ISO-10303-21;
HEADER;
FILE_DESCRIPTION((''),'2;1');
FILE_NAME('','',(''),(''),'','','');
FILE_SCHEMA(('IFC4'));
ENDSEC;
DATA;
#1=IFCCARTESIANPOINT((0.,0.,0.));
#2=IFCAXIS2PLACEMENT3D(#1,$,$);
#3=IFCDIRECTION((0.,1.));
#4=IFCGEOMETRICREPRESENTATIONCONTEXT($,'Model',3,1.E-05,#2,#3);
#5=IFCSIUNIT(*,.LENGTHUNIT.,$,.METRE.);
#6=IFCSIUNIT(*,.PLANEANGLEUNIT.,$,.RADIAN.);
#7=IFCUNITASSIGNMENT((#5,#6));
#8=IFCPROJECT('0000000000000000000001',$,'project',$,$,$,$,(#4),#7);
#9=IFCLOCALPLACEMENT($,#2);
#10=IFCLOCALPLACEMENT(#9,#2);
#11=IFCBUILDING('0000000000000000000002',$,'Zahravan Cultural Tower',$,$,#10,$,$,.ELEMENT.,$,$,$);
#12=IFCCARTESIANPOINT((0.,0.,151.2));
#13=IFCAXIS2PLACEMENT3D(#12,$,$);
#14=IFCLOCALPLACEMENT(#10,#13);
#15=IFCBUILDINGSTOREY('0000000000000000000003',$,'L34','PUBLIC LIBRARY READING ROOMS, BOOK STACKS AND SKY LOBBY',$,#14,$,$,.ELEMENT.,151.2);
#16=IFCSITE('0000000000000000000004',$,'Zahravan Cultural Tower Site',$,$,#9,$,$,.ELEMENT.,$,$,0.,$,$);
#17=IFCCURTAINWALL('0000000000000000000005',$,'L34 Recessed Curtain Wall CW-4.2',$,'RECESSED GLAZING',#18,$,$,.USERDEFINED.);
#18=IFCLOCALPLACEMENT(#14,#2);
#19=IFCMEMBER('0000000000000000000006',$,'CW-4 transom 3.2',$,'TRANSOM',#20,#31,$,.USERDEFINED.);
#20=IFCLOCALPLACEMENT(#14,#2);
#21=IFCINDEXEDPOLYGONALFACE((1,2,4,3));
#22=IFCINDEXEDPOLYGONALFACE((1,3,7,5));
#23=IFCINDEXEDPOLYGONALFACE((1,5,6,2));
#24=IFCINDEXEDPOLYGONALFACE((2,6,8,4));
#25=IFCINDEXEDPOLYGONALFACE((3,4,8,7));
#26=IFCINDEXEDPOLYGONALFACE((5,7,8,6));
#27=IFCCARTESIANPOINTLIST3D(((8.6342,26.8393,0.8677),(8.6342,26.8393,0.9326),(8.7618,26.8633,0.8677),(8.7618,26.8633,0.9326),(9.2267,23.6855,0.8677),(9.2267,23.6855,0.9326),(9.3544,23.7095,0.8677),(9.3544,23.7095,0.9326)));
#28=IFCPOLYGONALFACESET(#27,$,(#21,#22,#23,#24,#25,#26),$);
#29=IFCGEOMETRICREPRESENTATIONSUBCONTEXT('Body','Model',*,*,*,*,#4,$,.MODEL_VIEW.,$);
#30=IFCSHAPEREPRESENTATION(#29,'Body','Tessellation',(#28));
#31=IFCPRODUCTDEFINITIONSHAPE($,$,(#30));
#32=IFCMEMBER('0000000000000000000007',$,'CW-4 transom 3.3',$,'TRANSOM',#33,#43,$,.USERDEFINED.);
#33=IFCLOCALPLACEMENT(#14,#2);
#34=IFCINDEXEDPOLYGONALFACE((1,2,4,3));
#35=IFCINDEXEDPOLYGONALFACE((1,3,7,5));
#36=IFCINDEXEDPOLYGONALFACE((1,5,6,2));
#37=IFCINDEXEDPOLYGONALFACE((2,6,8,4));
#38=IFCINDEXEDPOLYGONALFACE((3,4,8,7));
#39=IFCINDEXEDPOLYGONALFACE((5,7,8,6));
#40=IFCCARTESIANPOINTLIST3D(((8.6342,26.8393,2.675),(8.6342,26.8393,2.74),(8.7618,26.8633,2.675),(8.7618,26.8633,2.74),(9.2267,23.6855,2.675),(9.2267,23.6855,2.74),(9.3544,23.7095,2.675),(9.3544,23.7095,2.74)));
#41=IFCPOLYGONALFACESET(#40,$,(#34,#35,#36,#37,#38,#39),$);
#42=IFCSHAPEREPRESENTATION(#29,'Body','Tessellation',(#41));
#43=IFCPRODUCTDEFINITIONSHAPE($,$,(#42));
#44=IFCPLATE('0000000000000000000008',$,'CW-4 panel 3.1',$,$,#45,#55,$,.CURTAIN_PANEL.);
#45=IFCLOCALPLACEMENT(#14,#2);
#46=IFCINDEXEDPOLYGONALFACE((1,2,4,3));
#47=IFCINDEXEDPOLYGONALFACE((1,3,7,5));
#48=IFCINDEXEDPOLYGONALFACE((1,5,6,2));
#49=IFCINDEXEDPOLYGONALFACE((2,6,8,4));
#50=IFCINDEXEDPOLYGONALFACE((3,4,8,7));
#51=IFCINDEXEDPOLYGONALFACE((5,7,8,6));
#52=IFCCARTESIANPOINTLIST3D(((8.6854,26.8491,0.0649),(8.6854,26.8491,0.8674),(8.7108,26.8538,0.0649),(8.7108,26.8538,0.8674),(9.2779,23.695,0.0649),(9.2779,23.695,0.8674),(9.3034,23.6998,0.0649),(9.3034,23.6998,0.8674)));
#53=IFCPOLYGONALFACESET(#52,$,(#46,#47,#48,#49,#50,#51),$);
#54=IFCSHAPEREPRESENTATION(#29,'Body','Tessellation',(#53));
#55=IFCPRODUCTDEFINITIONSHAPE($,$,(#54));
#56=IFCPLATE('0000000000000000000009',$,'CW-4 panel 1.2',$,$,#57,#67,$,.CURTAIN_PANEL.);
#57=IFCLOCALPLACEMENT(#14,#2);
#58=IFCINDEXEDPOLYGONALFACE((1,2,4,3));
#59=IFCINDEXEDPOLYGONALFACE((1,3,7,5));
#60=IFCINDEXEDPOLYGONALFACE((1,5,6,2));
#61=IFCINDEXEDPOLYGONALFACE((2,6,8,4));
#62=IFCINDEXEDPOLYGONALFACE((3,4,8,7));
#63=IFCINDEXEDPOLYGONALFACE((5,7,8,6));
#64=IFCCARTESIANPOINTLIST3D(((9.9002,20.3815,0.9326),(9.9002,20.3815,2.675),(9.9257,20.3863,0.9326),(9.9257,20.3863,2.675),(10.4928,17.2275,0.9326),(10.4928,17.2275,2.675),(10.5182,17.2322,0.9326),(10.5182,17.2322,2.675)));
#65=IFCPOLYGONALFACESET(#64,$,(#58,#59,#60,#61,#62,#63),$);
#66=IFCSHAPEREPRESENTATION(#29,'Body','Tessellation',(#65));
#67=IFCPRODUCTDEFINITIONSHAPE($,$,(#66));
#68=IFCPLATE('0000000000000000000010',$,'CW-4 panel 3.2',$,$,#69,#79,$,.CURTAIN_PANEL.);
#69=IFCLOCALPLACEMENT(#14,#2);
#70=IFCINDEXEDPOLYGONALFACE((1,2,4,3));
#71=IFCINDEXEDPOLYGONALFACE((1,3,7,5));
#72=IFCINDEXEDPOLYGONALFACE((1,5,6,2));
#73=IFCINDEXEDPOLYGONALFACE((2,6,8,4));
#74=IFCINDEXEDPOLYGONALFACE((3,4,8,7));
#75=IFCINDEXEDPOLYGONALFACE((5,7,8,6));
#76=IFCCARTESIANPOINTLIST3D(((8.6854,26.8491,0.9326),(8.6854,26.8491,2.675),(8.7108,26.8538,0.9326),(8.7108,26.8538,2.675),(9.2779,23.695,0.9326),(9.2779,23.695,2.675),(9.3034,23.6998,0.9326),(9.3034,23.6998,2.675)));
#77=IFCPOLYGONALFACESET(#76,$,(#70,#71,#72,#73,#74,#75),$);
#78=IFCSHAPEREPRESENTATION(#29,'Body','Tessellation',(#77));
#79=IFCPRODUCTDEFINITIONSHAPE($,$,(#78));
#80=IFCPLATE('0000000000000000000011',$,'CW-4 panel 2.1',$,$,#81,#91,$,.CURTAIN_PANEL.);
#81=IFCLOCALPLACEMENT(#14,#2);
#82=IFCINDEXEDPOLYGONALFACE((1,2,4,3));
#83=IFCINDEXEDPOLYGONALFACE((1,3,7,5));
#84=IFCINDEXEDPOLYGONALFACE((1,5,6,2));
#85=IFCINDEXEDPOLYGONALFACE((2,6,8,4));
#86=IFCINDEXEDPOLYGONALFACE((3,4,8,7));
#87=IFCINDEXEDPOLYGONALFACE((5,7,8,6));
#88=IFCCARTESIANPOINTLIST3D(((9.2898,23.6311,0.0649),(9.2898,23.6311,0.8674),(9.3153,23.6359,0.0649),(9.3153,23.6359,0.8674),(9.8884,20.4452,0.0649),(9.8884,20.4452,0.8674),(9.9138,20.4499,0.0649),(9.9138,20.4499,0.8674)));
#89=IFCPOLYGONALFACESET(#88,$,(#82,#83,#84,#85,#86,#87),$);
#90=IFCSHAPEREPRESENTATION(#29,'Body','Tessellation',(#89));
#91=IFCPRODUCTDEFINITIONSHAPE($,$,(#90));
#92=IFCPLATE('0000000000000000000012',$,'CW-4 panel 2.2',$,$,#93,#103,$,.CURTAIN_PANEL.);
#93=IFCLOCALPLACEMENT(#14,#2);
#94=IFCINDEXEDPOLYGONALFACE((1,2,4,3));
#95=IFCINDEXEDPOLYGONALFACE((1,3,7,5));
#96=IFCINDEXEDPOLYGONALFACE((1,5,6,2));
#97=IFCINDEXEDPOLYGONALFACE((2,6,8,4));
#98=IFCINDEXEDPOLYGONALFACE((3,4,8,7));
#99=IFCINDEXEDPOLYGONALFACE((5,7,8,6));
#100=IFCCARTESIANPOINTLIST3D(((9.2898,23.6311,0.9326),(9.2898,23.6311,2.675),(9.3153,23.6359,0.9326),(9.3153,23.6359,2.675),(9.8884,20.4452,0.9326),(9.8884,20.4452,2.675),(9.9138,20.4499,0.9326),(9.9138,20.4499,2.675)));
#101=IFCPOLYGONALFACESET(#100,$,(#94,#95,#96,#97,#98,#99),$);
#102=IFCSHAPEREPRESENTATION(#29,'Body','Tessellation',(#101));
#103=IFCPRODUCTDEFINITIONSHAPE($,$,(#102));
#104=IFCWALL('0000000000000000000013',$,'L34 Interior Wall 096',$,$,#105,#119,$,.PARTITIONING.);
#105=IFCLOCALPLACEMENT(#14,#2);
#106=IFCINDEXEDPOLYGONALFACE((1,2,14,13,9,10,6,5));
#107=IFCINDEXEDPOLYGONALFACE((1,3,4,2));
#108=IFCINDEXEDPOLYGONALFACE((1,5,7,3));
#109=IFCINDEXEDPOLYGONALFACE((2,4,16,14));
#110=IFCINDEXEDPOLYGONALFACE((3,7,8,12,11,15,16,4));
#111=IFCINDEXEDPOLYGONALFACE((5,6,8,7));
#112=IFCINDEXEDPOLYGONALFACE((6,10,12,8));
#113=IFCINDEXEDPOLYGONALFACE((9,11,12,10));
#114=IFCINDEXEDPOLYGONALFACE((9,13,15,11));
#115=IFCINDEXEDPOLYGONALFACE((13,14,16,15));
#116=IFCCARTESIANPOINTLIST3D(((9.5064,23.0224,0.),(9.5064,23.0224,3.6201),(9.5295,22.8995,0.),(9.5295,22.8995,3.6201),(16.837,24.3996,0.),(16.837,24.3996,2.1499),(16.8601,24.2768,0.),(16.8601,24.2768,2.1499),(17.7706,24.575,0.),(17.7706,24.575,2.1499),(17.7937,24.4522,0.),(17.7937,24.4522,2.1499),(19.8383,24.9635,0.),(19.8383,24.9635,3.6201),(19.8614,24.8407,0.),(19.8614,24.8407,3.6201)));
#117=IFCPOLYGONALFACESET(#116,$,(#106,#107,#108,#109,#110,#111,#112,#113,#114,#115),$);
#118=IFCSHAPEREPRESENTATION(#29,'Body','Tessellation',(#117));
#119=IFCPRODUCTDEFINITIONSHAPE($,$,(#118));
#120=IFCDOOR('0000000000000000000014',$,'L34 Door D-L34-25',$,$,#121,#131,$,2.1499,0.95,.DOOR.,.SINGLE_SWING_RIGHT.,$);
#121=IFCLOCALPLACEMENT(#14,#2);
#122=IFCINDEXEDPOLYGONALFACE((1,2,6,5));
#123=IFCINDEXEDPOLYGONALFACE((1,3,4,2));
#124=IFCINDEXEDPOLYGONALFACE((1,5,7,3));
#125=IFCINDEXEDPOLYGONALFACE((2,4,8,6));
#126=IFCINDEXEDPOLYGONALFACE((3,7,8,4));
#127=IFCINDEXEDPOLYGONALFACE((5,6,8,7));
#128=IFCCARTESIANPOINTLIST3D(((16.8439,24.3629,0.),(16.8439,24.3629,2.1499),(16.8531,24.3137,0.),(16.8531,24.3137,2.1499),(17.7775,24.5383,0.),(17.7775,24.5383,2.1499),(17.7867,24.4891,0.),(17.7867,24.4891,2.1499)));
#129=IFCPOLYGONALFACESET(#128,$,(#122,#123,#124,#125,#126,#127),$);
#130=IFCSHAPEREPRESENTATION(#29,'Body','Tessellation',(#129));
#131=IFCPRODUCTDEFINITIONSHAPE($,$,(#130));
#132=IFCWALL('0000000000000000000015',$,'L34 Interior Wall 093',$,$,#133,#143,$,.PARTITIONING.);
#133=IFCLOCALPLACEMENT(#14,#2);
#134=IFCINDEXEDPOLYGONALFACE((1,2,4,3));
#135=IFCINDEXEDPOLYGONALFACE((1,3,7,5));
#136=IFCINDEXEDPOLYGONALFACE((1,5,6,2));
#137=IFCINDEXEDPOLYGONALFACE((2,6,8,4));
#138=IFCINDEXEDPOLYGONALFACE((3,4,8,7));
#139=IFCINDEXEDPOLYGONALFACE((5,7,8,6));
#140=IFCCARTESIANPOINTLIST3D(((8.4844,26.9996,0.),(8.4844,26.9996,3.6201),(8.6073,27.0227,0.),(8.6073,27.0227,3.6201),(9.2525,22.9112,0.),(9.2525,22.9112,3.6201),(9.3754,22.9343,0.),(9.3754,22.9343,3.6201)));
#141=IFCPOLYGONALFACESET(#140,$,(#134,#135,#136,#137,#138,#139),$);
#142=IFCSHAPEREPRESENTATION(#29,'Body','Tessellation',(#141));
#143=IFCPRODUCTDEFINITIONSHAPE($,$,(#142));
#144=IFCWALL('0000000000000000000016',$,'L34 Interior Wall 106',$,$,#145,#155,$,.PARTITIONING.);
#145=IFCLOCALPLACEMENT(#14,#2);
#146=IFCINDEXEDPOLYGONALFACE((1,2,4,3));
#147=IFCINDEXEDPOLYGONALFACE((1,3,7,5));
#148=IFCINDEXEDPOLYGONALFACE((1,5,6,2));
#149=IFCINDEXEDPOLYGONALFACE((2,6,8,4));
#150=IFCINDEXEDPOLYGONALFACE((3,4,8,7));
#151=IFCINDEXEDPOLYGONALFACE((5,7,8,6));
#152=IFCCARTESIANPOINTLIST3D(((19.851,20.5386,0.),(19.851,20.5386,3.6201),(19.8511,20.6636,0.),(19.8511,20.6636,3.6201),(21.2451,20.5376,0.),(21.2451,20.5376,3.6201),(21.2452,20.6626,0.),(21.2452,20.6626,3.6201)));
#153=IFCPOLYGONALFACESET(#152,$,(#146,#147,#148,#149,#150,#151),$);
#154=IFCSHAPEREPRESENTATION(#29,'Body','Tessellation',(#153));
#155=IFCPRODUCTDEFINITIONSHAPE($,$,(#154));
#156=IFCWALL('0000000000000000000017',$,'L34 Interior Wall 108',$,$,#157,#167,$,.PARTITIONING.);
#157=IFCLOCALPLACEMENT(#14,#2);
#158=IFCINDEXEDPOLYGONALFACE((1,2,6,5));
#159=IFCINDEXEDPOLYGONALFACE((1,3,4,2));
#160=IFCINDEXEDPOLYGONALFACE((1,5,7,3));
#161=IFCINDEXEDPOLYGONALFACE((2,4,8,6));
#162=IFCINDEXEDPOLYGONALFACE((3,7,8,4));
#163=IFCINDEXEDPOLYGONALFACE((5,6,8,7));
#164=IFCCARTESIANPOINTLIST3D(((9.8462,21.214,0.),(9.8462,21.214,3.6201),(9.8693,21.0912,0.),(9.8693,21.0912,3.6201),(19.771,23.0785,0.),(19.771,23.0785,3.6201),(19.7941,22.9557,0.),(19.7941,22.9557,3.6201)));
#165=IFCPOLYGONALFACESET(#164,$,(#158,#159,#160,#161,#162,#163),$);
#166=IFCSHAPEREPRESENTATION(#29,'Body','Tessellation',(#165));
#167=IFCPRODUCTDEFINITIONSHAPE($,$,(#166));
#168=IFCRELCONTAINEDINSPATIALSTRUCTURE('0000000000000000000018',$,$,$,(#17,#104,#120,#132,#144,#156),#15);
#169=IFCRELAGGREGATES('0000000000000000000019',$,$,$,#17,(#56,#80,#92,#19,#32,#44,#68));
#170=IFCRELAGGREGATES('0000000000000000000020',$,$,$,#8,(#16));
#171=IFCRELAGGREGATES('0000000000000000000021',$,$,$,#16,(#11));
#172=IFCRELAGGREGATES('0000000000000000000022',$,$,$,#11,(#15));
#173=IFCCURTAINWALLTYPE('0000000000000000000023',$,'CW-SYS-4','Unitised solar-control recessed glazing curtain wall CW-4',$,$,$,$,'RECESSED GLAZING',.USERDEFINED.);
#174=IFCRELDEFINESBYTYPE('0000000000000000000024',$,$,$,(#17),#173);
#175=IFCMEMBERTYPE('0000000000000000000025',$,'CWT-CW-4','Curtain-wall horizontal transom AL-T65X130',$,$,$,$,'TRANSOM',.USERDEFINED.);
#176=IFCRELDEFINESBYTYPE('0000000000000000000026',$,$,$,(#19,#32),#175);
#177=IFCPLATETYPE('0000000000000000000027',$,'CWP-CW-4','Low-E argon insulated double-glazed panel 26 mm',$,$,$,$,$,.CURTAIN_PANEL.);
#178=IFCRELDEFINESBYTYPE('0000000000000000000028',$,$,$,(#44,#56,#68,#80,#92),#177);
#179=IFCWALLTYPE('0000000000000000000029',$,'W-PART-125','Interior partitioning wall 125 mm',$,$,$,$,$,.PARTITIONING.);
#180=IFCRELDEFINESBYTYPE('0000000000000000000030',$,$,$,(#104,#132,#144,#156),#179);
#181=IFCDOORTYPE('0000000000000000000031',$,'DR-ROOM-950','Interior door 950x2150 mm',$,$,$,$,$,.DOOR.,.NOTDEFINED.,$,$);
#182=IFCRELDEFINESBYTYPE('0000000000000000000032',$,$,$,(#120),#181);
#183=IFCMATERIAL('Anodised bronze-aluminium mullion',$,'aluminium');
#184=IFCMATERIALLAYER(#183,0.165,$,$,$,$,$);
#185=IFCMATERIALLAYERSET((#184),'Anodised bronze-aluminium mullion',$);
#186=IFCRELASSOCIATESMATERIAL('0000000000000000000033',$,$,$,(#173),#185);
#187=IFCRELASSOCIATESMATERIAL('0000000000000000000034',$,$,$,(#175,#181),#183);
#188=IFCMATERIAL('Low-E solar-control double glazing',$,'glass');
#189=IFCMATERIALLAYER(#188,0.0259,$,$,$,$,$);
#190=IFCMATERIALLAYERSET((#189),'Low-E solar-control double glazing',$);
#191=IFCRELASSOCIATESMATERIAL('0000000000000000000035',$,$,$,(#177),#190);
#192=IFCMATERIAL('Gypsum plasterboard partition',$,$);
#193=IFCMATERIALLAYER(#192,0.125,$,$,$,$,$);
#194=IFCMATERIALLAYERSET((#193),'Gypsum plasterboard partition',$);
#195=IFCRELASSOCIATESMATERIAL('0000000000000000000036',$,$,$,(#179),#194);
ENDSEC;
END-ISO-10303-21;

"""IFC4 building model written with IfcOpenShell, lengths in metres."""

from ifc_helpers import new_model, si_unit, direction, frame, frame_2d, origin, origin_2d, place, context, subcontext, project, spatial, rectangle, extrude, source, transform, mapped, material, layer, layer_set, material_profile, profile_set, type_object, element, fill, aggregate, save


model = new_model("IFC4")

# Units and contexts
model_context = context("Model", 3, precision=1e-05, world=origin(), true_north=direction((0.0, 1.0)))
body_context = subcontext(model_context, "Body", "Model", "MODEL_VIEW")
ifc_project = project(units=[si_unit("LENGTHUNIT", "METRE"), si_unit("PLANEANGLEUNIT", "RADIAN")], contexts=[model_context])

# Site, building, storey
site_placement = place(None, origin())
site = spatial("IfcSite", under=ifc_project, at=site_placement, Name="Zahravan Cultural Tower Site", CompositionType="ELEMENT", RefElevation=0.0)
building_placement = place(site_placement, origin())
building = spatial("IfcBuilding", under=site, at=building_placement, Name="Zahravan Cultural Tower", CompositionType="ELEMENT")
storey_placement = place(building_placement, frame((0.0, 0.0, 151.2)))
storey = spatial("IfcBuildingStorey", under=building, at=storey_placement, Name="L34", Description="PUBLIC LIBRARY READING ROOMS, BOOK STACKS AND SKY LOBBY", CompositionType="ELEMENT", Elevation=151.2)

# Curtain wall, members, plates
ifc_material_1 = material(Name="Anodised bronze-aluminium mullion", Category="aluminium")
ifc_layer_1 = layer(ifc_material_1, 0.165)
ifc_layer_set_1 = layer_set([ifc_layer_1], Name="Anodised bronze-aluminium mullion")
curtain_wall_type = type_object("IfcCurtainWallType", Name="CW-SYS-4", Description="Unitised solar-control recessed glazing curtain wall CW-4", ElementType="RECESSED GLAZING", PredefinedType="USERDEFINED", material=ifc_layer_set_1)
curtain_wall_placement = place(storey_placement, origin())
curtain_wall = element("IfcCurtainWall", 1, at=curtain_wall_placement, inside=storey, type_object=curtain_wall_type, Name="L34 Recessed Curtain Wall CW-4.2", ObjectType="RECESSED GLAZING", PredefinedType="USERDEFINED")
ifc_material_profile_1 = material_profile(ifc_material_1, rectangle(XDim=0.1299, YDim=0.0649, at=origin_2d()), Name="AL-T65X130")
ifc_profile_set_1 = profile_set([ifc_material_profile_1], Name="Anodised bronze-aluminium mullion")
member_type_1 = type_object("IfcMemberType", Name="CWT-CW-4", Description="Curtain-wall horizontal transom AL-T65X130", ElementType="TRANSOM", PredefinedType="USERDEFINED", material=ifc_profile_set_1)
shared_shape_1 = source(origin(), body_context, "Body", "SweptSolid", [
    extrude(rectangle(XDim=0.1299, YDim=0.0649, at=origin_2d()), origin(), (0.0, 0.0, 1.0), 3.209),
])
member_1_placement = place(storey_placement, frame((9.2905, 23.6975, 0.9001), z_axis=(-0.184647, 0.982805, 0.0), x_axis=(-0.982805, -0.184647, 0.0)))
member_1 = element("IfcMember", 2, at=member_1_placement, type_object=member_type_1, Name="CW-4 transom 3.2", ObjectType="TRANSOM", PredefinedType="USERDEFINED", context=body_context, shape_type="MappedRepresentation", body=[
    mapped(shared_shape_1, transform((0.0, 0.0, 0.0), x_axis=(1.0, 0.0, 0.0), y_axis=(0.0, 1.0, 0.0), z_axis=(0.0, 0.0, 1.0), scale=1.0)),
])
member_2_placement = place(storey_placement, frame((9.2905, 23.6975, 2.7075), z_axis=(-0.184647, 0.982805, 0.0), x_axis=(-0.982805, -0.184647, 0.0)))
member_2 = element("IfcMember", 3, at=member_2_placement, type_object=member_type_1, Name="CW-4 transom 3.3", ObjectType="TRANSOM", PredefinedType="USERDEFINED", context=body_context, shape_type="MappedRepresentation", body=[
    mapped(shared_shape_1, transform((0.0, 0.0, 0.0), x_axis=(1.0, 0.0, 0.0), y_axis=(0.0, 1.0, 0.0), z_axis=(0.0, 0.0, 1.0), scale=1.0)),
])
ifc_material_2 = material(Name="Low-E solar-control double glazing", Category="glass")
ifc_layer_2 = layer(ifc_material_2, 0.0259)
ifc_layer_set_2 = layer_set([ifc_layer_2], Name="Low-E solar-control double glazing")
plate_type = type_object("IfcPlateType", Name="CWP-CW-4", Description="Low-E argon insulated double-glazed panel 26 mm", PredefinedType="CURTAIN_PANEL", material=ifc_layer_set_2)
shared_shape_2 = source(origin(), body_context, "Body", "SweptSolid", [
    extrude(rectangle(XDim=3.2092, YDim=0.0259, at=origin_2d()), origin(), (0.0, 0.0, 1.0), 0.8025),
])
plate_1_placement = place(storey_placement, frame((8.9944, 25.2744, 0.0649), z_axis=(0.0, 0.0, 1.0), x_axis=(-0.184638, 0.982807, 0.0)))
plate_1 = element("IfcPlate", 4, at=plate_1_placement, type_object=plate_type, Name="CW-4 panel 3.1", PredefinedType="CURTAIN_PANEL", context=body_context, shape_type="MappedRepresentation", body=[
    mapped(shared_shape_2, transform((0.0, 0.0, 0.0), x_axis=(1.0, 0.0, 0.0), y_axis=(0.0, 1.0, 0.0), z_axis=(0.0, 0.0, 1.0), scale=1.0)),
])
shared_shape_3 = source(origin(), body_context, "Body", "SweptSolid", [
    extrude(rectangle(XDim=3.2092, YDim=0.0259, at=origin_2d()), origin(), (0.0, 0.0, 1.0), 1.7424),
])
plate_2_placement = place(storey_placement, frame((10.2092, 18.8069, 0.9326), z_axis=(0.0, 0.0, 1.0), x_axis=(-0.184638, 0.982807, 0.0)))
plate_2 = element("IfcPlate", 5, at=plate_2_placement, type_object=plate_type, Name="CW-4 panel 1.2", PredefinedType="CURTAIN_PANEL", context=body_context, shape_type="MappedRepresentation", body=[
    mapped(shared_shape_3, transform((0.0, 0.0, 0.0), x_axis=(1.0, 0.0, 0.0), y_axis=(0.0, 1.0, 0.0), z_axis=(0.0, 0.0, 1.0), scale=1.0)),
])
plate_3_placement = place(storey_placement, frame((8.9944, 25.2744, 0.9326), z_axis=(0.0, 0.0, 1.0), x_axis=(-0.184638, 0.982807, 0.0)))
plate_3 = element("IfcPlate", 6, at=plate_3_placement, type_object=plate_type, Name="CW-4 panel 3.2", PredefinedType="CURTAIN_PANEL", context=body_context, shape_type="MappedRepresentation", body=[
    mapped(shared_shape_3, transform((0.0, 0.0, 0.0), x_axis=(1.0, 0.0, 0.0), y_axis=(0.0, 1.0, 0.0), z_axis=(0.0, 0.0, 1.0), scale=1.0)),
])
shared_shape_4 = source(origin(), body_context, "Body", "SweptSolid", [
    extrude(rectangle(XDim=3.2417, YDim=0.0259, at=origin_2d()), origin(), (0.0, 0.0, 1.0), 0.8025),
])
plate_4_placement = place(storey_placement, frame((9.6018, 22.0405, 0.0649), z_axis=(0.0, 0.0, 1.0), x_axis=(-0.184638, 0.982807, 0.0)))
plate_4 = element("IfcPlate", 7, at=plate_4_placement, type_object=plate_type, Name="CW-4 panel 2.1", PredefinedType="CURTAIN_PANEL", context=body_context, shape_type="MappedRepresentation", body=[
    mapped(shared_shape_4, transform((0.0, 0.0, 0.0), x_axis=(1.0, 0.0, 0.0), y_axis=(0.0, 1.0, 0.0), z_axis=(0.0, 0.0, 1.0), scale=1.0)),
])
shared_shape_5 = source(origin(), body_context, "Body", "SweptSolid", [
    extrude(rectangle(XDim=3.2417, YDim=0.0259, at=origin_2d()), origin(), (0.0, 0.0, 1.0), 1.7424),
])
plate_5_placement = place(storey_placement, frame((9.6018, 22.0405, 0.9326), z_axis=(0.0, 0.0, 1.0), x_axis=(-0.184638, 0.982807, 0.0)))
plate_5 = element("IfcPlate", 8, at=plate_5_placement, type_object=plate_type, Name="CW-4 panel 2.2", PredefinedType="CURTAIN_PANEL", context=body_context, shape_type="MappedRepresentation", body=[
    mapped(shared_shape_5, transform((0.0, 0.0, 0.0), x_axis=(1.0, 0.0, 0.0), y_axis=(0.0, 1.0, 0.0), z_axis=(0.0, 0.0, 1.0), scale=1.0)),
])
aggregate(curtain_wall, [plate_2, plate_4, plate_5, member_1, member_2, plate_1, plate_3])

# Wall, opening, door
ifc_material_3 = material(Name="Gypsum plasterboard partition")
ifc_layer_3 = layer(ifc_material_3, 0.125)
ifc_layer_set_3 = layer_set([ifc_layer_3], Name="Gypsum plasterboard partition")
wall_type = type_object("IfcWallType", Name="W-PART-125", Description="Interior partitioning wall 125 mm", PredefinedType="PARTITIONING", material=ifc_layer_set_3)
wall_1_placement = place(storey_placement, frame((19.8499, 24.9021, 0.0), z_axis=(0.0, 0.0, 1.0), x_axis=(-0.982805, -0.184647, 0.0)))
wall_1 = element("IfcWall", 9, at=wall_1_placement, inside=storey, type_object=wall_type, Name="L34 Interior Wall 096", PredefinedType="PARTITIONING", context=body_context, shape_type="SweptSolid", body=[
    extrude(rectangle(XDim=10.5127, YDim=0.125, at=frame_2d((5.2563, 0.0))), origin(), (0.0, 0.0, 1.0), 3.6201),
])
opening_1_placement = place(wall_1_placement, frame((2.1038, 0.0, 0.0)))
opening_1 = element("IfcOpeningElement", 10, at=opening_1_placement, cuts=wall_1, PredefinedType="OPENING", context=body_context, shape_type="SweptSolid", body=[
    extrude(rectangle(XDim=0.95, YDim=2.1499, at=frame_2d((0.4751, 1.075))), frame((0.0, 0.0725, 0.0), z_axis=(0.0, -1.0, 0.0), x_axis=(1.0, 0.0, 0.0)), (0.0, 0.0, 1.0), 0.145),
])
door_type = type_object("IfcDoorType", Name="DR-ROOM-950", Description="Interior door 950x2150 mm", OperationType="NOTDEFINED", PredefinedType="DOOR", material=ifc_material_1)
shared_shape_6 = source(origin(), body_context, "Body", "SweptSolid", [
    extrude(rectangle(XDim=0.95, YDim=2.1499, at=frame_2d((0.4751, 1.075))), frame((0.0, 0.0249, 0.0), z_axis=(0.0, -1.0, 0.0), x_axis=(1.0, 0.0, 0.0)), (0.0, 0.0, 1.0), 0.05),
])
door_1_placement = place(opening_1_placement, origin())
door_1 = element("IfcDoor", 11, at=door_1_placement, inside=storey, type_object=door_type, Name="L34 Door D-L34-25", OperationType="SINGLE_SWING_RIGHT", OverallHeight=2.1499, OverallWidth=0.95, PredefinedType="DOOR", context=body_context, shape_type="MappedRepresentation", body=[
    mapped(shared_shape_6, transform((0.0, 0.0, 0.0), x_axis=(1.0, 0.0, 0.0), y_axis=(0.0, 1.0, 0.0), z_axis=(0.0, 0.0, 1.0), scale=1.0)),
])
fill(opening_1, door_1)

# Walls
shared_shape_7 = source(origin(), body_context, "Body", "SweptSolid", [
    extrude(rectangle(XDim=4.1599, YDim=0.125, at=frame_2d((2.0801, 0.0))), origin(), (0.0, 0.0, 1.0), 3.6201),
])
wall_2_placement = place(storey_placement, frame((9.314, 22.9226, 0.0), z_axis=(0.0, 0.0, 1.0), x_axis=(-0.184636, 0.982807, 0.0)))
element("IfcWall", 12, at=wall_2_placement, inside=storey, type_object=wall_type, Name="L34 Interior Wall 093", PredefinedType="PARTITIONING", context=body_context, shape_type="MappedRepresentation", body=[
    mapped(shared_shape_7, transform((0.0, 0.0, 0.0), x_axis=(1.0, 0.0, 0.0), y_axis=(0.0, 1.0, 0.0), z_axis=(0.0, 0.0, 1.0), scale=1.0)),
])
shared_shape_8 = source(origin(), body_context, "Body", "SweptSolid", [
    extrude(rectangle(XDim=1.394, YDim=0.125, at=frame_2d((0.697, 0.0))), origin(), (0.0, 0.0, 1.0), 3.6201),
])
wall_3_placement = place(storey_placement, frame((19.8511, 20.6011, 0.0), z_axis=(0.0, 0.0, 1.0), x_axis=(1.0, -0.000701, 0.0)))
element("IfcWall", 13, at=wall_3_placement, inside=storey, type_object=wall_type, Name="L34 Interior Wall 106", PredefinedType="PARTITIONING", context=body_context, shape_type="MappedRepresentation", body=[
    mapped(shared_shape_8, transform((0.0, 0.0, 0.0), x_axis=(1.0, 0.0, 0.0), y_axis=(0.0, 1.0, 0.0), z_axis=(0.0, 0.0, 1.0), scale=1.0)),
])
shared_shape_9 = source(origin(), body_context, "Body", "SweptSolid", [
    extrude(rectangle(XDim=10.0984, YDim=0.125, at=frame_2d((5.0493, 0.0))), origin(), (0.0, 0.0, 1.0), 3.6201),
])
wall_4_placement = place(storey_placement, frame((9.8577, 21.1526, 0.0), z_axis=(0.0, 0.0, 1.0), x_axis=(0.982808, 0.184633, 0.0)))
element("IfcWall", 14, at=wall_4_placement, inside=storey, type_object=wall_type, Name="L34 Interior Wall 108", PredefinedType="PARTITIONING", context=body_context, shape_type="MappedRepresentation", body=[
    mapped(shared_shape_9, transform((0.0, 0.0, 0.0), x_axis=(1.0, 0.0, 0.0), y_axis=(0.0, 1.0, 0.0), z_axis=(0.0, 0.0, 1.0), scale=1.0)),
])

save(model, "model.ifc")
